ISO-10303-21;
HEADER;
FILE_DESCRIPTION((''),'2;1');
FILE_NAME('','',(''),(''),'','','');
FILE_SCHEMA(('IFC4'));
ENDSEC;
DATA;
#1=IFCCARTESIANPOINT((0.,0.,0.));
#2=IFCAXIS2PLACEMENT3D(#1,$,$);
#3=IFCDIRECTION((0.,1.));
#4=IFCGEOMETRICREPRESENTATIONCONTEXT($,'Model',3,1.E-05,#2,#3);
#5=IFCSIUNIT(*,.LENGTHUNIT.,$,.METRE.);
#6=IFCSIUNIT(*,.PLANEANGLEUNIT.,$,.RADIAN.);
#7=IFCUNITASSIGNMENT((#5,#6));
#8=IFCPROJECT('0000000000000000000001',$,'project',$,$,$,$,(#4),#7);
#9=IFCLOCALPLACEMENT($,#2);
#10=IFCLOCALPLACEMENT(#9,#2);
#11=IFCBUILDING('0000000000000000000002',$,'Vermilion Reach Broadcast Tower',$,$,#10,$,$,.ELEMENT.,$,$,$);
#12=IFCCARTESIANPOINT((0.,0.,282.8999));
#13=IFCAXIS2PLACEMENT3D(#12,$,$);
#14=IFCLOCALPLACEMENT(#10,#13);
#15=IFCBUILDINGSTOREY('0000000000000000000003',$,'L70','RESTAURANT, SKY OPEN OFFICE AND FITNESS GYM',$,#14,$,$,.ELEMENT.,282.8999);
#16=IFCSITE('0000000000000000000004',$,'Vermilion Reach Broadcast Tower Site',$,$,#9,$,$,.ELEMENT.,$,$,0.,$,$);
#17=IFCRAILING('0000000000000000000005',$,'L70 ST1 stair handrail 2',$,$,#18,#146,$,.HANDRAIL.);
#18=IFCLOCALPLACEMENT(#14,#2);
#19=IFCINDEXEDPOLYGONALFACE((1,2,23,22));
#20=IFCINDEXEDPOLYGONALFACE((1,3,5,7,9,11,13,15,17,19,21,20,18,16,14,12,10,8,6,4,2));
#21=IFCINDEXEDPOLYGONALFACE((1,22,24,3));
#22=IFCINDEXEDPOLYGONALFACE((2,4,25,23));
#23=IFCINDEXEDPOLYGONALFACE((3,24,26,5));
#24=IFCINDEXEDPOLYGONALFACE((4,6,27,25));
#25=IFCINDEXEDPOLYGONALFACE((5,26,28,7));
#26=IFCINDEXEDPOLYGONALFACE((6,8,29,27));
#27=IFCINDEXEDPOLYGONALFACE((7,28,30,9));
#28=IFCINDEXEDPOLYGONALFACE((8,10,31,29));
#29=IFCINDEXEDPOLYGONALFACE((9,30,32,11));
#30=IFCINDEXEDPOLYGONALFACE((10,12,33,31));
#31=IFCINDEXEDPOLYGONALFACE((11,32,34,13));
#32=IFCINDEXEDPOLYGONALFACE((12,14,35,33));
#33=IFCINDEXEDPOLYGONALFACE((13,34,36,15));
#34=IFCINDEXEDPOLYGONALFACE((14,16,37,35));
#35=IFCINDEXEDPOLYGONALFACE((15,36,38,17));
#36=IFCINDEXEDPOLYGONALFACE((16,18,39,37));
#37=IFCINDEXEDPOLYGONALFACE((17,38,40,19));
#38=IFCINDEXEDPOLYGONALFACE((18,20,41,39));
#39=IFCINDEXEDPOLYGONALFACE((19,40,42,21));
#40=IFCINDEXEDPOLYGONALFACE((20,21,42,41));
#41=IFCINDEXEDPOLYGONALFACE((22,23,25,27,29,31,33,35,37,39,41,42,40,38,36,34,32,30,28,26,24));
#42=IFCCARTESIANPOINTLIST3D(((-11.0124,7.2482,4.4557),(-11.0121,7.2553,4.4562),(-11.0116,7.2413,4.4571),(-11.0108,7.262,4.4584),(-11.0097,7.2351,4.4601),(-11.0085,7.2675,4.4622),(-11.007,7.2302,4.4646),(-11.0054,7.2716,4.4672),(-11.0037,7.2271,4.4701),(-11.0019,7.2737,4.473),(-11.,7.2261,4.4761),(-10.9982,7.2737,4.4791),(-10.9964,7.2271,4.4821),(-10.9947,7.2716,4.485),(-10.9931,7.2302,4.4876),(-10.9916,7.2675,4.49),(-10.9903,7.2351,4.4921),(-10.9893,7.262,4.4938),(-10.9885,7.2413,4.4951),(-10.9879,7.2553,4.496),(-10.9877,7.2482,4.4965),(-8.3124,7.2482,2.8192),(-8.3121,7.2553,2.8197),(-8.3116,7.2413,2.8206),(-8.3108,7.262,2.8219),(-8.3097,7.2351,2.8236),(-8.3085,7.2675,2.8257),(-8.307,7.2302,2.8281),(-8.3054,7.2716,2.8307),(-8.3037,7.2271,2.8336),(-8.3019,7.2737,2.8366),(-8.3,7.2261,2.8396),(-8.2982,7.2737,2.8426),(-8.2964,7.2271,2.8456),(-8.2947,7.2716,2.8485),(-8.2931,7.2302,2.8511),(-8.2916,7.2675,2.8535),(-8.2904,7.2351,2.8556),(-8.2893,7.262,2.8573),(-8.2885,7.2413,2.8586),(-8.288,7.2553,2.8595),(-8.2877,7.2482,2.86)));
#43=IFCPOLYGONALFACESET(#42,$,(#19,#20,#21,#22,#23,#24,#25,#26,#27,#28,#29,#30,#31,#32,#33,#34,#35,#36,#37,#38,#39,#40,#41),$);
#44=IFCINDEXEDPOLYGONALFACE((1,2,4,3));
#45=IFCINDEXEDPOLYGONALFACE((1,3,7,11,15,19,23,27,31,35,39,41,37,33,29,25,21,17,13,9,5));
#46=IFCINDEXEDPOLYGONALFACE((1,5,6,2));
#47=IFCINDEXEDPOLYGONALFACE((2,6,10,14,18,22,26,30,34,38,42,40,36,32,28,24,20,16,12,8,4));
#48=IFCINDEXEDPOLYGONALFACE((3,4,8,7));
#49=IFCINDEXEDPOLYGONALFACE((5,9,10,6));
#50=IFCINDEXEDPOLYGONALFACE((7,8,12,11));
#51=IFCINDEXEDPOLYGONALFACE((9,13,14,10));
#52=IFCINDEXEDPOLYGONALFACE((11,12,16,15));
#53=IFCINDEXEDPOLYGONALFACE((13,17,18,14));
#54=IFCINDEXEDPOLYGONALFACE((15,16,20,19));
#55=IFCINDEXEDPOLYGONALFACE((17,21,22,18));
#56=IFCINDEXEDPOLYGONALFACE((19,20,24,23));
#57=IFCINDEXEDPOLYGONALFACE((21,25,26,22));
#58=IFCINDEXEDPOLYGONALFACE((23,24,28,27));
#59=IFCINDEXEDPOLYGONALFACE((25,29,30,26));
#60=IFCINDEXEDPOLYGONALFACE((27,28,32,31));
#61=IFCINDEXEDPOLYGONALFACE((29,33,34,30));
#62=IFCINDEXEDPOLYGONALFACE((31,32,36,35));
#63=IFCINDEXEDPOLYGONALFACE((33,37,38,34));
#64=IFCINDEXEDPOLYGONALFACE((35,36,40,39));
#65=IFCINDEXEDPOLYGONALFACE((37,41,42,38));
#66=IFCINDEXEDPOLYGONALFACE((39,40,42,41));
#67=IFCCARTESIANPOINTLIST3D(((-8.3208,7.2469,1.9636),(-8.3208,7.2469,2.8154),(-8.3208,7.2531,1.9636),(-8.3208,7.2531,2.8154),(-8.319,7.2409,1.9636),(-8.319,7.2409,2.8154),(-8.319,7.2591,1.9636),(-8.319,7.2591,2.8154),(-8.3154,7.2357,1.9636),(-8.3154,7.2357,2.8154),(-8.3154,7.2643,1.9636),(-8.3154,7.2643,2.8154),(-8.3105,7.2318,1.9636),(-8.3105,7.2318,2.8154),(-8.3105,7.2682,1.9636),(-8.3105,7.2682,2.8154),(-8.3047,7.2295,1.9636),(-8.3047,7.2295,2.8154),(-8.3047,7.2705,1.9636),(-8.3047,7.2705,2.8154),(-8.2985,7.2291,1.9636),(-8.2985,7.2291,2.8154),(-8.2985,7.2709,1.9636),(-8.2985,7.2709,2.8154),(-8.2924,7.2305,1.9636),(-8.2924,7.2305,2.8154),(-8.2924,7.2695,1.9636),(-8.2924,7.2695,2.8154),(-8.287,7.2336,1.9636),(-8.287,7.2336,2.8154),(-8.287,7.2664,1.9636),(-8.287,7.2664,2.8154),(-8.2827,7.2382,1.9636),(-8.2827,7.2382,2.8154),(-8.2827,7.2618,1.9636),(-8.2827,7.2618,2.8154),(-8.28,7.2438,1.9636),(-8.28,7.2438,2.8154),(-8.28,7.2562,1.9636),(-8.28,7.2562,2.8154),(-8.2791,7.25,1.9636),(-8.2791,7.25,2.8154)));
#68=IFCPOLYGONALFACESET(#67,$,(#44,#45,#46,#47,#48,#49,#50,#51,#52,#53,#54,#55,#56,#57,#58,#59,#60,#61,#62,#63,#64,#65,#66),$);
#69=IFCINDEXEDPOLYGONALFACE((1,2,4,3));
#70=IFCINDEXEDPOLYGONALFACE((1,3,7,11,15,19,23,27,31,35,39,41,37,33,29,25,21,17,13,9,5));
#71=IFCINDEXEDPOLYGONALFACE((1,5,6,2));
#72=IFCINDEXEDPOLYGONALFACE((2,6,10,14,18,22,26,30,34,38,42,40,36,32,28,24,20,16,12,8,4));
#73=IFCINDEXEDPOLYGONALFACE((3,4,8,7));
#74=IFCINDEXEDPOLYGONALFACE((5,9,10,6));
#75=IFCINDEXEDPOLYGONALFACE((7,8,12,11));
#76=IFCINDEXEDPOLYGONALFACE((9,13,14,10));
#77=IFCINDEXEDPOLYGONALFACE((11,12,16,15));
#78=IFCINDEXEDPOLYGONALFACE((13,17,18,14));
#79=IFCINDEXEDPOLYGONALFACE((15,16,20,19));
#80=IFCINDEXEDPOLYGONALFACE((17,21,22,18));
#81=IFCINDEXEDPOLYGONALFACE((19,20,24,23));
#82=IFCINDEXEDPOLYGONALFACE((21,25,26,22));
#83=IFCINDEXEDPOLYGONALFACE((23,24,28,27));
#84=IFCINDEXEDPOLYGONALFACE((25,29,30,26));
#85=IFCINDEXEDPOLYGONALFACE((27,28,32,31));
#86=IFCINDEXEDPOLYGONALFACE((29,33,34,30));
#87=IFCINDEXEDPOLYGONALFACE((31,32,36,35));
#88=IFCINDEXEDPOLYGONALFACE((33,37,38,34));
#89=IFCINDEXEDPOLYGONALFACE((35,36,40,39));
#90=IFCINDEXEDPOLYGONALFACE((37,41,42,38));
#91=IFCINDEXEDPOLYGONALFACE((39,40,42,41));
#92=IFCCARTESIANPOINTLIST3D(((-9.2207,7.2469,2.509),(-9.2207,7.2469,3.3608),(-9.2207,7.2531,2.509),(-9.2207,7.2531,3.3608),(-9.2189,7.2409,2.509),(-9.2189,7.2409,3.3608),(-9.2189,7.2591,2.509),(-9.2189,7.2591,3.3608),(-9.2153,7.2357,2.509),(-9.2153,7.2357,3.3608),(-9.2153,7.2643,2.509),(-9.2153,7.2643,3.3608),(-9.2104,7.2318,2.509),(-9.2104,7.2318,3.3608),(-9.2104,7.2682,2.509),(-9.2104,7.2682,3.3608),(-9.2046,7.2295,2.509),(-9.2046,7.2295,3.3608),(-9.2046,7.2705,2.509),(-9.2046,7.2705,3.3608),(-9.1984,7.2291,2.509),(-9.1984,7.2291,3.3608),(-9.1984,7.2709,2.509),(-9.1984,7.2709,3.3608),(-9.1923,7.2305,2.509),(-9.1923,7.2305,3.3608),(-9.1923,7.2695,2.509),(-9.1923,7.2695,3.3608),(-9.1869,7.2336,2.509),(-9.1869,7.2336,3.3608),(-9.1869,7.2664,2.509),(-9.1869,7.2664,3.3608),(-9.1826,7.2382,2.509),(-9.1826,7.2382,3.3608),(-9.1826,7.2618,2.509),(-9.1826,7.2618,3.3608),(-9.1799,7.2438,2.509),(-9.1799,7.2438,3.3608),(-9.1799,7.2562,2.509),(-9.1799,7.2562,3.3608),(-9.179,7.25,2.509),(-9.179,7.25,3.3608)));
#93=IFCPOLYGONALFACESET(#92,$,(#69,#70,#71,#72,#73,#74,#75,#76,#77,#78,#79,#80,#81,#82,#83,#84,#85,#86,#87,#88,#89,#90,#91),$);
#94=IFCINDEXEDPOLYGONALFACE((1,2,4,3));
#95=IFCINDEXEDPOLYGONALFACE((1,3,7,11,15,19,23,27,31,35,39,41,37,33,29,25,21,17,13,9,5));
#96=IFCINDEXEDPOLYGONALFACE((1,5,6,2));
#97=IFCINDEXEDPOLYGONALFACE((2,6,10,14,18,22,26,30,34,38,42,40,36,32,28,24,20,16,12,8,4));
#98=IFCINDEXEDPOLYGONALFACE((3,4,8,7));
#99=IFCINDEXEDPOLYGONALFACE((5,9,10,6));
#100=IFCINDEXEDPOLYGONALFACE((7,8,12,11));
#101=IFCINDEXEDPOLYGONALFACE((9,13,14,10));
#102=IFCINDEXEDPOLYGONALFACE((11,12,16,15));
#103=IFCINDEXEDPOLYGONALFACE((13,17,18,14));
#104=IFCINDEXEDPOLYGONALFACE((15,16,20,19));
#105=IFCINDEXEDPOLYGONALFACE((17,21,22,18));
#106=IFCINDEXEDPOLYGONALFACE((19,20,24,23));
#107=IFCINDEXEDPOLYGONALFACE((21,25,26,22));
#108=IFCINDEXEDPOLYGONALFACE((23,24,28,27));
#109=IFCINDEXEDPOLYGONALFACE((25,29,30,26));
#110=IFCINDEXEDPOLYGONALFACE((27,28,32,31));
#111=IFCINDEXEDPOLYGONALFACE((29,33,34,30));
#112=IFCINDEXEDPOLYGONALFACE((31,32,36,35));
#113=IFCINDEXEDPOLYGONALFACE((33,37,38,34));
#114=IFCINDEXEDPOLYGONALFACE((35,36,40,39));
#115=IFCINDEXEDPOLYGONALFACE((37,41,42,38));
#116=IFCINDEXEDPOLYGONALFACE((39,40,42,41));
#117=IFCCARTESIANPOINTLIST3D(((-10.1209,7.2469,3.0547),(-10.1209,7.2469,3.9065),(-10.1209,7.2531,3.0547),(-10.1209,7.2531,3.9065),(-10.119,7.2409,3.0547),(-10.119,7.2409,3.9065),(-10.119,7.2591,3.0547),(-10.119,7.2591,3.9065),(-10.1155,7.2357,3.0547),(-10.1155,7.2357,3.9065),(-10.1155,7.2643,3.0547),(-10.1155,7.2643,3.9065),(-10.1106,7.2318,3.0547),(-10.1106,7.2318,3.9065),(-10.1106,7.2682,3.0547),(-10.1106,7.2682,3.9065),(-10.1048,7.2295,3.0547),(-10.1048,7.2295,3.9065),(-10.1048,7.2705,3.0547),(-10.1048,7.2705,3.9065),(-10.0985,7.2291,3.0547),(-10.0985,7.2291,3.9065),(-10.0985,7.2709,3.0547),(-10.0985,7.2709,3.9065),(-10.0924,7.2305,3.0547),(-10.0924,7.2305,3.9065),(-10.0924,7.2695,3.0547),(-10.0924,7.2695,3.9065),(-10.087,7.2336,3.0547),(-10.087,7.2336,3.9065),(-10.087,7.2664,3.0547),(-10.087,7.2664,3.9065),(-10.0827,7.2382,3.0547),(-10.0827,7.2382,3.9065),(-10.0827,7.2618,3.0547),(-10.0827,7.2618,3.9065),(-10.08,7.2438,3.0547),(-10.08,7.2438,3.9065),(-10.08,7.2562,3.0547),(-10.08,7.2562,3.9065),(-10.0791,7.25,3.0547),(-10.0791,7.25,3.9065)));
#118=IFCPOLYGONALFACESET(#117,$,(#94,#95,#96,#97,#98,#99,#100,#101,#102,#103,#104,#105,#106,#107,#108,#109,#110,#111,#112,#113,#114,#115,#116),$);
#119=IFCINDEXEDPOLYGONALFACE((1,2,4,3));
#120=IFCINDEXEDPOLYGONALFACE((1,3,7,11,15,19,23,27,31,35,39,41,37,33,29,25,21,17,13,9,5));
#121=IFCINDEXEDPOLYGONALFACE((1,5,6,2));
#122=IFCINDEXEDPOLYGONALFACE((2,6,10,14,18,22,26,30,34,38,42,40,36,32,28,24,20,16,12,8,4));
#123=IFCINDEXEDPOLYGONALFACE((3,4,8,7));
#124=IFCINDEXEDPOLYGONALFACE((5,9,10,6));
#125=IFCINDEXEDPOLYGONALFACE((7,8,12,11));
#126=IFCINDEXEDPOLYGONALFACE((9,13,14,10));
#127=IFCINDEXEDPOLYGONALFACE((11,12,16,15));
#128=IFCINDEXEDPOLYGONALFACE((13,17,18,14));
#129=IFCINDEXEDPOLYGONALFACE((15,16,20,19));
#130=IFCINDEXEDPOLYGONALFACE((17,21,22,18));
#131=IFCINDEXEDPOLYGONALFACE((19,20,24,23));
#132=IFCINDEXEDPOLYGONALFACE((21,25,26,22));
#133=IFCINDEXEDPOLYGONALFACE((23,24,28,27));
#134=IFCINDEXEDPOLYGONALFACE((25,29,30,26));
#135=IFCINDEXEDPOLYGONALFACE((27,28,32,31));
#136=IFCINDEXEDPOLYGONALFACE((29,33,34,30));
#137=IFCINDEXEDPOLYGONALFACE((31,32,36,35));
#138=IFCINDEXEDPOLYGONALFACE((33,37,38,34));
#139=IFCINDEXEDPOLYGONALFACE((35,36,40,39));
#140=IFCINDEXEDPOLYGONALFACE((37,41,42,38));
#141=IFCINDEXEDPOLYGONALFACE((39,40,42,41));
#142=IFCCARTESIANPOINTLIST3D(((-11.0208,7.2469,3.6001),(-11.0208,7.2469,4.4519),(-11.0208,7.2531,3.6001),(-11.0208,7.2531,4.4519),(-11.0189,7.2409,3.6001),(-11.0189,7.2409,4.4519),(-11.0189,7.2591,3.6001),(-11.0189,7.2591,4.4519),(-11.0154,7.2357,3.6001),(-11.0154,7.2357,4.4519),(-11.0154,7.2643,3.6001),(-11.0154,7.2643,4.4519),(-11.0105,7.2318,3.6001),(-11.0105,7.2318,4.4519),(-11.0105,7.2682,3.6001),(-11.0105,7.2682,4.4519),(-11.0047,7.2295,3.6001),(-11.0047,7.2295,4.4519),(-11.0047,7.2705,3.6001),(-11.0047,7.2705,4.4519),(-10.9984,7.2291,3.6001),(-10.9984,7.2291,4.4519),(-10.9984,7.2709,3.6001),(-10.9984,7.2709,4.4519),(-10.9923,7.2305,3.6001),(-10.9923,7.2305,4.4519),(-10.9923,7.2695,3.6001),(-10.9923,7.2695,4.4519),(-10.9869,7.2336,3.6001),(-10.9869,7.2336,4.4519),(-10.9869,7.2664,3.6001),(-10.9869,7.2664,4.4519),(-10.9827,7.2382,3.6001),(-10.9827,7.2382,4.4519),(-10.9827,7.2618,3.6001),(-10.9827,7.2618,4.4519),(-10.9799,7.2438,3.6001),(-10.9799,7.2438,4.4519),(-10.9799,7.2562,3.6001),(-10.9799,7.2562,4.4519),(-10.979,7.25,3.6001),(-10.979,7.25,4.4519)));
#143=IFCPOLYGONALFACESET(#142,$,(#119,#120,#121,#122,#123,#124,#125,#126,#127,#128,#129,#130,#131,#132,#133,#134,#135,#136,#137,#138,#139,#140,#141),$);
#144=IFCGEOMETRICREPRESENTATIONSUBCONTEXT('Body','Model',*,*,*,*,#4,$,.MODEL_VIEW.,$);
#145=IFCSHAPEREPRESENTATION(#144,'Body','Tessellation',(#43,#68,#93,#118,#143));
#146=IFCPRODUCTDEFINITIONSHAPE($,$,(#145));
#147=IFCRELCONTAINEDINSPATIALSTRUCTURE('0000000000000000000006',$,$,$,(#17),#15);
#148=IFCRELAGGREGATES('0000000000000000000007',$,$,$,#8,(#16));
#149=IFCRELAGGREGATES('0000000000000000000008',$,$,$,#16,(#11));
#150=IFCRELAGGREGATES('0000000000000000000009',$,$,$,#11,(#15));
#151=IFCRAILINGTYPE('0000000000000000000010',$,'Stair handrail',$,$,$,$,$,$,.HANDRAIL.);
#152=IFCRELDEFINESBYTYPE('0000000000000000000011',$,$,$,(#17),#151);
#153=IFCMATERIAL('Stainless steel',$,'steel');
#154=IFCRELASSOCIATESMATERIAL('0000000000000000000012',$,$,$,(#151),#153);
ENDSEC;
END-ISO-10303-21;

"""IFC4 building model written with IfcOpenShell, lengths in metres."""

from ifc_helpers import new_model, si_unit, direction, frame, origin, origin_2d, place, context, subcontext, project, spatial, circle, extrude, material, type_object, element, save


model = new_model("IFC4")

# Units and contexts
model_context = context("Model", 3, precision=1e-05, world=origin(), true_north=direction((0.0, 1.0)))
body_context = subcontext(model_context, "Body", "Model", "MODEL_VIEW")
ifc_project = project(units=[si_unit("LENGTHUNIT", "METRE"), si_unit("PLANEANGLEUNIT", "RADIAN")], contexts=[model_context])

# Site, building, storey
site_placement = place(None, origin())
site = spatial("IfcSite", under=ifc_project, at=site_placement, Name="Vermilion Reach Broadcast Tower Site", CompositionType="ELEMENT", RefElevation=0.0)
building_placement = place(site_placement, origin())
building = spatial("IfcBuilding", under=site, at=building_placement, Name="Vermilion Reach Broadcast Tower", CompositionType="ELEMENT")
storey_placement = place(building_placement, frame((0.0, 0.0, 282.8999)))
storey = spatial("IfcBuildingStorey", under=building, at=storey_placement, Name="L70", Description="RESTAURANT, SKY OPEN OFFICE AND FITNESS GYM", CompositionType="ELEMENT", Elevation=282.8999)

# Railing
ifc_material_1 = material(Name="Stainless steel", Category="steel")
railing_type_1 = type_object("IfcRailingType", Name="Stair handrail", PredefinedType="HANDRAIL", material=ifc_material_1)
railing_1_placement = place(storey_placement, frame((-8.3, 7.25, 1.9636)))
element("IfcRailing", 1, at=railing_1_placement, inside=storey, type_object=railing_type_1, Name="L70 ST1 stair handrail 2", PredefinedType="HANDRAIL", context=body_context, shape_type="SweptSolid", body=[
    extrude(circle(Radius=0.0239, at=origin_2d()), frame((0.0, 0.0, 0.876), z_axis=(-0.855178, 0.0, 0.518334), x_axis=(0.0, -1.0, 0.0)), (0.0, 0.0, 1.0), 3.1572),
    extrude(circle(Radius=0.021, at=origin_2d()), origin(), (0.0, 0.0, 1.0), 0.8518),
    extrude(circle(Radius=0.021, at=origin_2d()), frame((-0.8999, 0.0, 0.5454)), (0.0, 0.0, 1.0), 0.8518),
    extrude(circle(Radius=0.021, at=origin_2d()), frame((-1.8, 0.0, 1.0911)), (0.0, 0.0, 1.0), 0.8518),
    extrude(circle(Radius=0.021, at=origin_2d()), frame((-2.7, 0.0, 1.6365)), (0.0, 0.0, 1.0), 0.8518),
])

save(model, "model.ifc")
